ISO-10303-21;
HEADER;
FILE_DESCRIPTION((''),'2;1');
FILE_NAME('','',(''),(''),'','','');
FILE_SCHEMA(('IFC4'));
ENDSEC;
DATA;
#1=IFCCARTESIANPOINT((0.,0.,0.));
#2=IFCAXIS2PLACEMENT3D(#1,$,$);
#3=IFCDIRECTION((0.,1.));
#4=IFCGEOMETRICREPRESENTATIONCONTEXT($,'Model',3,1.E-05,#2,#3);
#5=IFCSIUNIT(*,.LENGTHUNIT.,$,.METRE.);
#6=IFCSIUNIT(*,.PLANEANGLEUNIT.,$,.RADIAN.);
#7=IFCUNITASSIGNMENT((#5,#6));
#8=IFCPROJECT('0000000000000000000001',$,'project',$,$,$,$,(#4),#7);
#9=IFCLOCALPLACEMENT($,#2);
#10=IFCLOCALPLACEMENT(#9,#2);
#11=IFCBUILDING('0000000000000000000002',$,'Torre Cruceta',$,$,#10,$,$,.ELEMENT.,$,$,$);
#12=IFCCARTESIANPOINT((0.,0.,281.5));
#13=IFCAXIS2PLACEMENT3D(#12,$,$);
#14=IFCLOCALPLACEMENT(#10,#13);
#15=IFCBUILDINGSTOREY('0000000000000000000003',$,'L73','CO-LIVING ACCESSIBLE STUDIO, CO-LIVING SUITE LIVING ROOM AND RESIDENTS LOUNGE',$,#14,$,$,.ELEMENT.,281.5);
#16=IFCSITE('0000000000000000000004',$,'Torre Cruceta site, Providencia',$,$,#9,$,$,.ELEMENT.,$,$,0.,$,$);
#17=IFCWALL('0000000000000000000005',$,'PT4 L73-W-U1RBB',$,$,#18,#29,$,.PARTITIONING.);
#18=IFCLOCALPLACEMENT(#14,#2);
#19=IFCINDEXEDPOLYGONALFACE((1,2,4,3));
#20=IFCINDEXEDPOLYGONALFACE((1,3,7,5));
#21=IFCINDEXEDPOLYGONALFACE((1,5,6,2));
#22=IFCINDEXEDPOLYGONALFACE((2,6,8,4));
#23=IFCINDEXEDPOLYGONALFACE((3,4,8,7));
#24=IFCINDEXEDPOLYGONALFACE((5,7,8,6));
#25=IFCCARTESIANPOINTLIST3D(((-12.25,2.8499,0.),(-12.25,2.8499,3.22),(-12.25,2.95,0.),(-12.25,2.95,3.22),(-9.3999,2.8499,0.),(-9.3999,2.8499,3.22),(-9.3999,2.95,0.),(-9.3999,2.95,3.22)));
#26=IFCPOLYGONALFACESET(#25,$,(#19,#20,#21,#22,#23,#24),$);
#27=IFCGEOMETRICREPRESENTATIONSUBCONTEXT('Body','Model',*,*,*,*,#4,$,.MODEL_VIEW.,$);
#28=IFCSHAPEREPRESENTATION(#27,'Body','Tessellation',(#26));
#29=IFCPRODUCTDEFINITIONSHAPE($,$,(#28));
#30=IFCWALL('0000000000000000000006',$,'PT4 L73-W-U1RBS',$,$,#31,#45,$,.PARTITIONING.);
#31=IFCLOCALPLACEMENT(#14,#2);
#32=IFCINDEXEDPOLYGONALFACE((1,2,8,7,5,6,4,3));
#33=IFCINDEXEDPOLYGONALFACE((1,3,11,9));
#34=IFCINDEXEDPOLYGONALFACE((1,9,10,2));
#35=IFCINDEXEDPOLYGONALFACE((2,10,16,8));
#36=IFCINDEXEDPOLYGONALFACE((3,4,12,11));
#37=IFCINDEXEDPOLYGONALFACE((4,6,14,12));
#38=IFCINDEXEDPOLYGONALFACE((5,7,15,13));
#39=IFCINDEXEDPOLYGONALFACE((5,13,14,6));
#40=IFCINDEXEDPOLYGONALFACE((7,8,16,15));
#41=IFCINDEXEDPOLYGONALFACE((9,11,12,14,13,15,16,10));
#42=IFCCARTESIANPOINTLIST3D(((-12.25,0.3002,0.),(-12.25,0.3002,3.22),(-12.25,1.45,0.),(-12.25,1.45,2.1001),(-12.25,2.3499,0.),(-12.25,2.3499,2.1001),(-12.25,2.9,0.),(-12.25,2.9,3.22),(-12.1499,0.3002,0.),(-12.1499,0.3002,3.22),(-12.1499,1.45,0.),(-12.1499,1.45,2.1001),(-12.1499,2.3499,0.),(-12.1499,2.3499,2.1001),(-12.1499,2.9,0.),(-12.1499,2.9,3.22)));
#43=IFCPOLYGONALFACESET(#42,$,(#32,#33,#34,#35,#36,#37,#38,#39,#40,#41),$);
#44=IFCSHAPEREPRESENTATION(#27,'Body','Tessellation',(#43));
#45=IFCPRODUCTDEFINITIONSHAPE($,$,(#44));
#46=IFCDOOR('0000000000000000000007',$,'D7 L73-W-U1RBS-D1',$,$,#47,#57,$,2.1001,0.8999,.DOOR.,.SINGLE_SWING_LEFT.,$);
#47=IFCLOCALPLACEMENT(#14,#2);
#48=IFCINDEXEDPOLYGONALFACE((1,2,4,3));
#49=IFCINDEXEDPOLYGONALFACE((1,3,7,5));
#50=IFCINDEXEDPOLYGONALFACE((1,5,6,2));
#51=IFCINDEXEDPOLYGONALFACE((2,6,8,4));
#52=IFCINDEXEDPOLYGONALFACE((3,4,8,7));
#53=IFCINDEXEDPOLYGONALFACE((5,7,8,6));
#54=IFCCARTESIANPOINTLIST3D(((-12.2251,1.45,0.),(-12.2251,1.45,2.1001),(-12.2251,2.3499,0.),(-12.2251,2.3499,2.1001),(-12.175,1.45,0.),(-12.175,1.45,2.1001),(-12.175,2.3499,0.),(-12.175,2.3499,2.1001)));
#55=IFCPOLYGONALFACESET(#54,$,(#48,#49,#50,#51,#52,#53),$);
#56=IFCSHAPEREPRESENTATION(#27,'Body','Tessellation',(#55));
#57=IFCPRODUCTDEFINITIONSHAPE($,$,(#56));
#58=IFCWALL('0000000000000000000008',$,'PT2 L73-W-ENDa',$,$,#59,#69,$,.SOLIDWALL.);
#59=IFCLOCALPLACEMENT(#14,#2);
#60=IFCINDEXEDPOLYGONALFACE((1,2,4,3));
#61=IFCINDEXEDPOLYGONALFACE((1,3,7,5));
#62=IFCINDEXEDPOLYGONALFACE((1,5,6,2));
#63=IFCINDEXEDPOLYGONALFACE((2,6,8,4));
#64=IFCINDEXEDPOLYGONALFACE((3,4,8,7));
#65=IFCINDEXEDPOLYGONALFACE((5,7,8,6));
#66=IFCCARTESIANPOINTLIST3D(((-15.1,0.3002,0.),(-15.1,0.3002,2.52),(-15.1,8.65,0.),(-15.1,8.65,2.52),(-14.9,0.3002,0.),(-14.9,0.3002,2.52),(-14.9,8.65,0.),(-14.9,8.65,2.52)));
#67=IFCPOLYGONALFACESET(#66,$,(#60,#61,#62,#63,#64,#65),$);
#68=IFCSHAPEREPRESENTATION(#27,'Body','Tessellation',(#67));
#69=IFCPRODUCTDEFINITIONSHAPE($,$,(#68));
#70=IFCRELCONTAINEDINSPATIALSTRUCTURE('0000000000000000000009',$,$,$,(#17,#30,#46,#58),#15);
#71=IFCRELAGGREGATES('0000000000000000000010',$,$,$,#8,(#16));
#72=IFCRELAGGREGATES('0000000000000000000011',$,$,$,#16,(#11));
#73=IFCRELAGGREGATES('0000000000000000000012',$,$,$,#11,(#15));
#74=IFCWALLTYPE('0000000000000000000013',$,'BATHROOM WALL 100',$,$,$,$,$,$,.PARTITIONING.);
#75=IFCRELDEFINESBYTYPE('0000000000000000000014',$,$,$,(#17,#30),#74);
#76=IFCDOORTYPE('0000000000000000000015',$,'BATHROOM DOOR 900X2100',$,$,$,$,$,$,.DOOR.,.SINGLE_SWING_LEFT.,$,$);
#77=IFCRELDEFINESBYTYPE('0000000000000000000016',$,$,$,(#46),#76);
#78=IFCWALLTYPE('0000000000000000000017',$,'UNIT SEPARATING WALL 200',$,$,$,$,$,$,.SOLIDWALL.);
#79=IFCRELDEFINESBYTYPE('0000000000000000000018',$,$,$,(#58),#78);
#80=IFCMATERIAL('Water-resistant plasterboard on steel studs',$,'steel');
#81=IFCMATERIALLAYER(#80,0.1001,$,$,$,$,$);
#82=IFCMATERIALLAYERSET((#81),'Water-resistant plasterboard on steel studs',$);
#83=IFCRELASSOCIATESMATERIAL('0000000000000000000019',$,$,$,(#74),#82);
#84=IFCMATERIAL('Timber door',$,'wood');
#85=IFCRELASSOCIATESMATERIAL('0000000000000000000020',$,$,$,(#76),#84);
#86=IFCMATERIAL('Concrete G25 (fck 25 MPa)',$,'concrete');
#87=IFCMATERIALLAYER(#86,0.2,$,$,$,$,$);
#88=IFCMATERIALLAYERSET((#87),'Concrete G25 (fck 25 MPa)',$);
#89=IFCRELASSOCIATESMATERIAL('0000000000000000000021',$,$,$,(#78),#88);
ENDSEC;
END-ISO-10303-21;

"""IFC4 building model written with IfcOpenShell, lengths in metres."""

from ifc_helpers import new_model, si_unit, direction, frame, frame_2d, origin, place, context, subcontext, project, spatial, rectangle, extrude, material, layer, layer_set, type_object, element, fill, save


model = new_model("IFC4")

# Units and contexts
model_context = context("Model", 3, precision=1e-05, world=origin(), true_north=direction((0.0, 1.0)))
body_context = subcontext(model_context, "Body", "Model", "MODEL_VIEW")
ifc_project = project(units=[si_unit("LENGTHUNIT", "METRE"), si_unit("PLANEANGLEUNIT", "RADIAN")], contexts=[model_context])

# Site, building, storey
site_placement = place(None, origin())
site = spatial("IfcSite", under=ifc_project, at=site_placement, Name="Torre Cruceta site, Providencia", CompositionType="ELEMENT", RefElevation=0.0)
building_placement = place(site_placement, origin())
building = spatial("IfcBuilding", under=site, at=building_placement, Name="Torre Cruceta", CompositionType="ELEMENT")
storey_placement = place(building_placement, frame((0.0, 0.0, 281.5)))
storey = spatial("IfcBuildingStorey", under=building, at=storey_placement, Name="L73", Description="CO-LIVING ACCESSIBLE STUDIO, CO-LIVING SUITE LIVING ROOM AND RESIDENTS LOUNGE", CompositionType="ELEMENT", Elevation=281.5)

# Wall
ifc_material_1 = material(Name="Water-resistant plasterboard on steel studs", Category="steel")
ifc_layer_1 = layer(ifc_material_1, 0.1001)
ifc_layer_set_1 = layer_set([ifc_layer_1], Name="Water-resistant plasterboard on steel studs")
wall_type_1 = type_object("IfcWallType", Name="BATHROOM WALL 100", PredefinedType="PARTITIONING", material=ifc_layer_set_1)
wall_1_placement = place(storey_placement, frame((-9.3999, 2.8999, 0.0), z_axis=(0.0, 0.0, 1.0), x_axis=(-1.0, 0.0, 0.0)))
element("IfcWall", 1, at=wall_1_placement, inside=storey, type_object=wall_type_1, Name="PT4 L73-W-U1RBB", PredefinedType="PARTITIONING", context=body_context, shape_type="SweptSolid", body=[
    extrude(rectangle(XDim=2.8501, YDim=0.1001, at=frame_2d((1.425, 0.0))), origin(), (0.0, 0.0, 1.0), 3.22),
])

# Wall, opening, door
wall_2_placement = place(storey_placement, frame((-12.2, 2.8999, 0.0), z_axis=(0.0, 0.0, 1.0), x_axis=(0.0, -1.0, 0.0)))
wall_2 = element("IfcWall", 2, at=wall_2_placement, inside=storey, type_object=wall_type_1, Name="PT4 L73-W-U1RBS", PredefinedType="PARTITIONING", context=body_context, shape_type="SweptSolid", body=[
    extrude(rectangle(XDim=2.5999, YDim=0.1001, at=frame_2d((1.2998, 0.0))), origin(), (0.0, 0.0, 1.0), 3.22),
])
opening_1_placement = place(wall_2_placement, frame((0.55, 0.0, 0.0)))
opening_1 = element("IfcOpeningElement", 3, at=opening_1_placement, cuts=wall_2, PredefinedType="OPENING", context=body_context, shape_type="SweptSolid", body=[
    extrude(rectangle(XDim=0.8999, YDim=2.1001, at=frame_2d((0.45, 1.05))), frame((0.0, 0.0601, 0.0), z_axis=(0.0, -1.0, 0.0), x_axis=(1.0, 0.0, 0.0)), (0.0, 0.0, 1.0), 0.1201),
])
ifc_material_2 = material(Name="Timber door", Category="wood")
door_type_1 = type_object("IfcDoorType", Name="BATHROOM DOOR 900X2100", OperationType="SINGLE_SWING_LEFT", PredefinedType="DOOR", material=ifc_material_2)
door_1_placement = place(opening_1_placement, origin())
door_1 = element("IfcDoor", 4, at=door_1_placement, inside=storey, type_object=door_type_1, Name="D7 L73-W-U1RBS-D1", OperationType="SINGLE_SWING_LEFT", OverallHeight=2.1001, OverallWidth=0.8999, PredefinedType="DOOR", context=body_context, shape_type="SweptSolid", body=[
    extrude(rectangle(XDim=0.8999, YDim=2.1001, at=frame_2d((0.45, 1.05))), frame((0.0, 0.0249, 0.0), z_axis=(0.0, -1.0, 0.0), x_axis=(1.0, 0.0, 0.0)), (0.0, 0.0, 1.0), 0.05),
])
fill(opening_1, door_1)

# Wall
ifc_material_3 = material(Name="Concrete G25 (fck 25 MPa)", Category="concrete")
ifc_layer_2 = layer(ifc_material_3, 0.2)
ifc_layer_set_2 = layer_set([ifc_layer_2], Name="Concrete G25 (fck 25 MPa)")
wall_type_2 = type_object("IfcWallType", Name="UNIT SEPARATING WALL 200", PredefinedType="SOLIDWALL", material=ifc_layer_set_2)
wall_3_placement = place(storey_placement, frame((-15.0, 8.6499, 0.0), z_axis=(0.0, 0.0, 1.0), x_axis=(0.0, -1.0, 0.0)))
element("IfcWall", 5, at=wall_3_placement, inside=storey, type_object=wall_type_2, Name="PT2 L73-W-ENDa", PredefinedType="SOLIDWALL", context=body_context, shape_type="SweptSolid", body=[
    extrude(rectangle(XDim=8.3499, YDim=0.2, at=frame_2d((4.1748, 0.0))), origin(), (0.0, 0.0, 1.0), 2.52),
])

save(model, "model.ifc")
